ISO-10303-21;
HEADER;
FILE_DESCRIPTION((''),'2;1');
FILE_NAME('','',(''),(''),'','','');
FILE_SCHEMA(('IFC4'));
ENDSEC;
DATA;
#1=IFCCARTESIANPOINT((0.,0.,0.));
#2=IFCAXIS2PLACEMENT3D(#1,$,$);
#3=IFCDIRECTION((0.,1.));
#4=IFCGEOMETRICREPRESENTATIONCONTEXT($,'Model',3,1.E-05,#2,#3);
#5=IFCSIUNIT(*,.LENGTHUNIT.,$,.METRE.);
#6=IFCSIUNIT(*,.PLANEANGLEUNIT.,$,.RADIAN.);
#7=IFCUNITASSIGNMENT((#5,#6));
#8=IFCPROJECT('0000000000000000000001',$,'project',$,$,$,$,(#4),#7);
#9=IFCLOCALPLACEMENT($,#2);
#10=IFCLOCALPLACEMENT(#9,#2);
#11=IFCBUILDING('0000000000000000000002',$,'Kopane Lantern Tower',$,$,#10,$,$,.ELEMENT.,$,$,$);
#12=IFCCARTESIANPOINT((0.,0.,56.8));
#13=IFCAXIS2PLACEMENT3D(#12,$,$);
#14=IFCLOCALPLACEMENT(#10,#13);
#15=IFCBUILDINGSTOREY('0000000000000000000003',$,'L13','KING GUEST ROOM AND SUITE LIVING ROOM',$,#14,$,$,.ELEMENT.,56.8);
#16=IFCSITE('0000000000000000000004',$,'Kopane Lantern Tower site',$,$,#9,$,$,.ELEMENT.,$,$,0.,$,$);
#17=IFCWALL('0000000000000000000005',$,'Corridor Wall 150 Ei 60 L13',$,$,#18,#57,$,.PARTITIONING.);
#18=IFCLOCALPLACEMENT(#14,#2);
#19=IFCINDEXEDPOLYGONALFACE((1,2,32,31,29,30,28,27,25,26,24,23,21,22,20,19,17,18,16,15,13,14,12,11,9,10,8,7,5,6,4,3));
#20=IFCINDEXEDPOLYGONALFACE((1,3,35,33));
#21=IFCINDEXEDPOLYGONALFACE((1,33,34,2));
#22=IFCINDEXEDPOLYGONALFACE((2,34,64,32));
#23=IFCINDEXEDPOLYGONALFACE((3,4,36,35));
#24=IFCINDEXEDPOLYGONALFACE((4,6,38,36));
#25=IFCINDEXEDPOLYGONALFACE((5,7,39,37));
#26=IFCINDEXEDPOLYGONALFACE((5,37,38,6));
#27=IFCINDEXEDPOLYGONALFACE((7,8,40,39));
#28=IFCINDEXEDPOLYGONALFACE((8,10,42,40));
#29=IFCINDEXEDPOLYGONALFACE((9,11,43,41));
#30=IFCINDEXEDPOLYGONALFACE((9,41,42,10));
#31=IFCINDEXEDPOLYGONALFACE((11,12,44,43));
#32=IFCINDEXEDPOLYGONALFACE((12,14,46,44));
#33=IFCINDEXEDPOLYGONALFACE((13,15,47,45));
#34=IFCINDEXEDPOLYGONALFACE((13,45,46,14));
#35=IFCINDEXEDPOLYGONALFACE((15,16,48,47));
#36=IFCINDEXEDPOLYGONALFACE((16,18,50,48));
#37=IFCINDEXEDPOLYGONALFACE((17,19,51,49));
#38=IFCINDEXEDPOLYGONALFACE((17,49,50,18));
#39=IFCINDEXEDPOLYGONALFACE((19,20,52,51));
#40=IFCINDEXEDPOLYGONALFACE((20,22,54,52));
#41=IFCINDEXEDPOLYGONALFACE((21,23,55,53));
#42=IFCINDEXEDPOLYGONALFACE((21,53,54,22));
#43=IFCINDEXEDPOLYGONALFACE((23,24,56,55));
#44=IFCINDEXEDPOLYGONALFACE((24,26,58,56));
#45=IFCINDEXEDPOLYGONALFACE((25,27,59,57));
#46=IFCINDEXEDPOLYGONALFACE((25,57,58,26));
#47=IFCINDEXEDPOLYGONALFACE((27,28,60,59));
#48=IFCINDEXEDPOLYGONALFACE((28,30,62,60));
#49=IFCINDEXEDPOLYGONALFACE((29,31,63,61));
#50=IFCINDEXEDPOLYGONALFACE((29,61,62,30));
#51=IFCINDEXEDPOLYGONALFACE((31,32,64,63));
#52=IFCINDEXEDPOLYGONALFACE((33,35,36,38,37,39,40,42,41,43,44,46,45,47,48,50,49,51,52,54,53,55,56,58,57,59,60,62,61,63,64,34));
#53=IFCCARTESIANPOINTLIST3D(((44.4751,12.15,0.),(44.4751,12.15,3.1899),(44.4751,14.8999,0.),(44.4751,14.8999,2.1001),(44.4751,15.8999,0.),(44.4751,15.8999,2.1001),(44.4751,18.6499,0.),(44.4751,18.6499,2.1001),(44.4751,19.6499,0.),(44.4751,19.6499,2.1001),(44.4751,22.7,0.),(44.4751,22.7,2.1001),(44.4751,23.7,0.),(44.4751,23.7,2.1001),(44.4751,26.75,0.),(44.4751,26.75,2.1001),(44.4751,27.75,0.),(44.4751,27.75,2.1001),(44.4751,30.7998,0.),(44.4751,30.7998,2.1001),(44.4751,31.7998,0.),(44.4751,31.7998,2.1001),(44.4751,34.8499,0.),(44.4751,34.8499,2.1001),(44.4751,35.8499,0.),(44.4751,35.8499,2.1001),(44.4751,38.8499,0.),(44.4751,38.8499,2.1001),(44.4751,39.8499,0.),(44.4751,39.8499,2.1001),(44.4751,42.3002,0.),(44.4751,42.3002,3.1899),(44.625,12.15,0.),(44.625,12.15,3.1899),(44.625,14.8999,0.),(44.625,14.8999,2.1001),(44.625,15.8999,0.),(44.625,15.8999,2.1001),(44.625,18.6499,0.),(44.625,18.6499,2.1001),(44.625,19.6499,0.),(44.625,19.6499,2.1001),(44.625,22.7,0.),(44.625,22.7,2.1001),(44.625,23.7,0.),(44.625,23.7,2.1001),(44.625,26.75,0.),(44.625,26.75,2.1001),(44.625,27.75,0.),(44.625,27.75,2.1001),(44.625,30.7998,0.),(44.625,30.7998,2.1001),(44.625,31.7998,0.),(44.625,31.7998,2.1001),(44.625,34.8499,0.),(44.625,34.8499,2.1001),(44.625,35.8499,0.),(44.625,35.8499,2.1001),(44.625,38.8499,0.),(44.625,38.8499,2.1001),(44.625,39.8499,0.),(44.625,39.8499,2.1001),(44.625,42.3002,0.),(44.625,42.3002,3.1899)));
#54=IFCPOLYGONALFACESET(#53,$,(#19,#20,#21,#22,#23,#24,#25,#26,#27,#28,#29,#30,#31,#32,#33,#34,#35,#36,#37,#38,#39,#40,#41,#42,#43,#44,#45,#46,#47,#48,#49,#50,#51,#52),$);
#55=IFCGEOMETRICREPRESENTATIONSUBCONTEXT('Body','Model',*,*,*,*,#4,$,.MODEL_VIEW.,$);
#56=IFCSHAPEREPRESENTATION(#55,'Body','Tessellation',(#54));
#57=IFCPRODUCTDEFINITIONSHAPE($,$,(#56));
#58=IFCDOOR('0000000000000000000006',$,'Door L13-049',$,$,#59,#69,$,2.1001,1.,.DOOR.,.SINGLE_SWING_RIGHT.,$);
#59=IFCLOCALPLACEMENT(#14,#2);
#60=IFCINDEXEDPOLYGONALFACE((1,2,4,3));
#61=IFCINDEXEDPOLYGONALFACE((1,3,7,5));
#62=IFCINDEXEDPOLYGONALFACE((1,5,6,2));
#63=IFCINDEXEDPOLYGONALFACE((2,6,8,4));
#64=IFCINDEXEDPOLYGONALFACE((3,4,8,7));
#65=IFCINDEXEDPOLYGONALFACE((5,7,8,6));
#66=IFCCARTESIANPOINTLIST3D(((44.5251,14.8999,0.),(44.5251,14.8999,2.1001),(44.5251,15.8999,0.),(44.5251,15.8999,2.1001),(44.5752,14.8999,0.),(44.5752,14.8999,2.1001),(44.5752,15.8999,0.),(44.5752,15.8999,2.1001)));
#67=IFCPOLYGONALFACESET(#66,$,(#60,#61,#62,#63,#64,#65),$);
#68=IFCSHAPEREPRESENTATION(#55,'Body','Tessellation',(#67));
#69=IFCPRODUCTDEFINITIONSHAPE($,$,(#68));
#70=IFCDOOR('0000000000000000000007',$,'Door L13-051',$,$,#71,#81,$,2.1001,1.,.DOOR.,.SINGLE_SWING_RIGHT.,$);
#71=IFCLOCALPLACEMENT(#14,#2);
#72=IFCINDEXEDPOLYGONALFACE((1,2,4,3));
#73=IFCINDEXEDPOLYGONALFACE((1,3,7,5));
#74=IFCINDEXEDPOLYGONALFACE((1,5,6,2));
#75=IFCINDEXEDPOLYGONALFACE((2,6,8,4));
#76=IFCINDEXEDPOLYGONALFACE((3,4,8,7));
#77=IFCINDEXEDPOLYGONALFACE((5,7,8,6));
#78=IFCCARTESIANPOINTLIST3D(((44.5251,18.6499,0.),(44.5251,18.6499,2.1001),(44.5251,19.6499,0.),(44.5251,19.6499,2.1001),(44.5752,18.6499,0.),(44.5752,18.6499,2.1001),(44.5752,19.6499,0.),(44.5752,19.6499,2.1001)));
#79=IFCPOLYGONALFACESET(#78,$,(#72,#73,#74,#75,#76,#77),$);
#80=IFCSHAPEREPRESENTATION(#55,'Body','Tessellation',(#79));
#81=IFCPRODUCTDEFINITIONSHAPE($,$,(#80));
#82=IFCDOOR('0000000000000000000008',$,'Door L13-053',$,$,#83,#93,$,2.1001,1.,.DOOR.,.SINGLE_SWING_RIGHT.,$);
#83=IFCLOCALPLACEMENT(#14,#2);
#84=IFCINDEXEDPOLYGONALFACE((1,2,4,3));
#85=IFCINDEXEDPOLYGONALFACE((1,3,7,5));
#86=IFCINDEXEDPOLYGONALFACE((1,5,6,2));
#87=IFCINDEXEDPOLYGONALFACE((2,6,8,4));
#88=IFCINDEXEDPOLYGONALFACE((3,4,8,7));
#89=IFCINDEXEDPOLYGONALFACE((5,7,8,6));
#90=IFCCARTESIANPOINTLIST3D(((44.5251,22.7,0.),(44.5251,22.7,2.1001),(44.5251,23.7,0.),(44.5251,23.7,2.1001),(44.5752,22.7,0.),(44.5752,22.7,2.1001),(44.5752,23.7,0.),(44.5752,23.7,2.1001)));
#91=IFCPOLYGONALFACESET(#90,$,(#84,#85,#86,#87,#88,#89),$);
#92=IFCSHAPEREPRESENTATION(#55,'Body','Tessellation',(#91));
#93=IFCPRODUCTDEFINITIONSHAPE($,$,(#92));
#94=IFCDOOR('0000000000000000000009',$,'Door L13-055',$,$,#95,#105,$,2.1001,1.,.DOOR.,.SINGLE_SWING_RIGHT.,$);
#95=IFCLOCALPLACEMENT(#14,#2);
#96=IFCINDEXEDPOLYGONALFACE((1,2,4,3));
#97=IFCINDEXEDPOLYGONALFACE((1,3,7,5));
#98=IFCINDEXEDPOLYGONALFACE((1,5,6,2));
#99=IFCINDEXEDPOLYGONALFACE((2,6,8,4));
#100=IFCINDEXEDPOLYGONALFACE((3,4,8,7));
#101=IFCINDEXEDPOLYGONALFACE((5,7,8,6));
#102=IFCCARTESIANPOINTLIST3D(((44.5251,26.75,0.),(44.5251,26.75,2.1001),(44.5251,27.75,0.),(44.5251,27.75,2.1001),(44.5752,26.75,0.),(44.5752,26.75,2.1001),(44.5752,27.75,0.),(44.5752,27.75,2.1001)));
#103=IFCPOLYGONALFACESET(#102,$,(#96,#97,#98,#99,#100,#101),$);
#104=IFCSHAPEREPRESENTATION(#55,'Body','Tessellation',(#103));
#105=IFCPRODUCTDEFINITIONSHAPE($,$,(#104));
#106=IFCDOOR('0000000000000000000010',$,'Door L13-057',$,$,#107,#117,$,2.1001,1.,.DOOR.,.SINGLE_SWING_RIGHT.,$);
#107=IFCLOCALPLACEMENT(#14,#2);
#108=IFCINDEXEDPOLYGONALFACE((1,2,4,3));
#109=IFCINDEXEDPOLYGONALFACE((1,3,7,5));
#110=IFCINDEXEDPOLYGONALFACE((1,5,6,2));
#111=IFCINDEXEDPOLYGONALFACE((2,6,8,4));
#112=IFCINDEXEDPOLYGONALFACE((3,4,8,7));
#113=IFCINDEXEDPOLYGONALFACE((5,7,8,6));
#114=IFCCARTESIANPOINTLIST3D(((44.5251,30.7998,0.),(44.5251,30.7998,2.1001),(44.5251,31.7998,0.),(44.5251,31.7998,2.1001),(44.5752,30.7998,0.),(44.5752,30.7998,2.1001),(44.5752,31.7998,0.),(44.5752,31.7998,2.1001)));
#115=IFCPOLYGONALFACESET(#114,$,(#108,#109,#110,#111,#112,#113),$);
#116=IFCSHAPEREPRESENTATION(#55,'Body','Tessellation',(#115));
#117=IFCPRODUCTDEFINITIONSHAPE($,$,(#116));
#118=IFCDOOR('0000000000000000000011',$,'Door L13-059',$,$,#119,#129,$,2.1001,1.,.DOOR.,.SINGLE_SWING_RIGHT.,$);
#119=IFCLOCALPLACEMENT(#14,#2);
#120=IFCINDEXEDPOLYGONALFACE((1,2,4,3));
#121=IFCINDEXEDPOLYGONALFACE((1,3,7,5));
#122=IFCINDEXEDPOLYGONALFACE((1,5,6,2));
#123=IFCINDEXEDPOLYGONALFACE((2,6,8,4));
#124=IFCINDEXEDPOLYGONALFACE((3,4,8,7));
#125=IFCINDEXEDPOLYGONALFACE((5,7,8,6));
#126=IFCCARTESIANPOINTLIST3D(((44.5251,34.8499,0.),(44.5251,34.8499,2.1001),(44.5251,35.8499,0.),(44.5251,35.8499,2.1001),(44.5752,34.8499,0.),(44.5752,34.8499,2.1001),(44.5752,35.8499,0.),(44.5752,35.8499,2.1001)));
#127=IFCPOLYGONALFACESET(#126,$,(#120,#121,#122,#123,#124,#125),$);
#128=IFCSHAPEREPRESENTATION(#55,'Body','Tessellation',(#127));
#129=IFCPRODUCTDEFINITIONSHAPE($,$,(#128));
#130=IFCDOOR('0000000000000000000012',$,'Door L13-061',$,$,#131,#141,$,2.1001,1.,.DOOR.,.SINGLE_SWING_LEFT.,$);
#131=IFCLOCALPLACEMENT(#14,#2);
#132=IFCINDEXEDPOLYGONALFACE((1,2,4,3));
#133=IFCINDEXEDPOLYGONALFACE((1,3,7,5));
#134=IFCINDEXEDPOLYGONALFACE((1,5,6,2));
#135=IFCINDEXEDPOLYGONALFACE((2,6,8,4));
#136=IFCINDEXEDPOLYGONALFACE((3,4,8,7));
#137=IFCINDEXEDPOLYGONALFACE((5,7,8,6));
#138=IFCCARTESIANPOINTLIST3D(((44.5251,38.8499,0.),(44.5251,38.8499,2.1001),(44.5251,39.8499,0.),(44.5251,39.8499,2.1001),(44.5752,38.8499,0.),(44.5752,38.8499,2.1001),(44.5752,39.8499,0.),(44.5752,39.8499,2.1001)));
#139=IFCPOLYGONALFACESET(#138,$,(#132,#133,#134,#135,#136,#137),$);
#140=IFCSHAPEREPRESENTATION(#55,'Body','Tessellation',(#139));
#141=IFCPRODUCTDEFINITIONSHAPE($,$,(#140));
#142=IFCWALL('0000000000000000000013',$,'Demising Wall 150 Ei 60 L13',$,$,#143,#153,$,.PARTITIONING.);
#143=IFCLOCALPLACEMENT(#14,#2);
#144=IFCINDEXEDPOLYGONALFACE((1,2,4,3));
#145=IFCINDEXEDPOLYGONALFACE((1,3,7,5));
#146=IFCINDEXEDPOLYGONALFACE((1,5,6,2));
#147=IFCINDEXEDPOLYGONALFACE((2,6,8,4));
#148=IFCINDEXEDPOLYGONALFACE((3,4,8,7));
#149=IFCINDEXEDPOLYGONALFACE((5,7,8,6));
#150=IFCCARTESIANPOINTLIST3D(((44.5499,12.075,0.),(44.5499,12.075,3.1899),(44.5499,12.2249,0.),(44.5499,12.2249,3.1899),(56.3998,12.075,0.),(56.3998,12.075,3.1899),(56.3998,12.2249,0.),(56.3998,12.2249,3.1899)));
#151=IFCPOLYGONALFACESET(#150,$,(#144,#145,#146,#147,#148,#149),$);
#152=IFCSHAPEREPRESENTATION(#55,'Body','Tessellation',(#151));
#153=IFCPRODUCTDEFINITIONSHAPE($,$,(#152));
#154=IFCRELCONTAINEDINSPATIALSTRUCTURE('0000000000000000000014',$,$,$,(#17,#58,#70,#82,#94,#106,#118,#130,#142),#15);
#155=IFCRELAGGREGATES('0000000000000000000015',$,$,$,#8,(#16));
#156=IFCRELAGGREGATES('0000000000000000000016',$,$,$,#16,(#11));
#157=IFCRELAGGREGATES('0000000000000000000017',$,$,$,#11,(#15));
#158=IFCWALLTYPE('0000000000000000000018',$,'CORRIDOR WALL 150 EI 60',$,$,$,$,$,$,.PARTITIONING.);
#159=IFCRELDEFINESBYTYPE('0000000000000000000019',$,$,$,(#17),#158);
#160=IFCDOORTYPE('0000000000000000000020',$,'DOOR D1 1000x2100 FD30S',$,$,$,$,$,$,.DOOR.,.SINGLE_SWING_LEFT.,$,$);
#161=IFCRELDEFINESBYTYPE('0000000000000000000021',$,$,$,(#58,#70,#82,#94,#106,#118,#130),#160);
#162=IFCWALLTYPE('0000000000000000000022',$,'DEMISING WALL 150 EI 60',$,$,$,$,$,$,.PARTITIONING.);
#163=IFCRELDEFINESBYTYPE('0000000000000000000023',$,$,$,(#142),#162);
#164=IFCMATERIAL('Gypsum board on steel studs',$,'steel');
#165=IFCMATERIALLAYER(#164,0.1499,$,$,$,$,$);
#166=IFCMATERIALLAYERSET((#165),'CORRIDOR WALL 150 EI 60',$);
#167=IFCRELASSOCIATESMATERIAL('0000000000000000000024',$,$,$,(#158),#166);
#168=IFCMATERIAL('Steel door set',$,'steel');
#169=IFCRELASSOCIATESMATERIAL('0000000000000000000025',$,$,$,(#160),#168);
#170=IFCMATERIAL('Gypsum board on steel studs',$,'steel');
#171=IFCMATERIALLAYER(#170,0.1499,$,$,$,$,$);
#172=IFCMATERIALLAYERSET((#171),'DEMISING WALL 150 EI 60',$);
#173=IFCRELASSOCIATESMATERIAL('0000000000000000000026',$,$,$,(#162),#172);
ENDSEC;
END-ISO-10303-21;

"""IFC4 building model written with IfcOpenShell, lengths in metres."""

from ifc_helpers import new_model, si_unit, direction, frame, frame_2d, origin, place, context, subcontext, project, spatial, rectangle, extrude, material, layer, layer_set, type_object, element, fill, save


model = new_model("IFC4")

# Units and contexts
model_context = context("Model", 3, precision=1e-05, world=origin(), true_north=direction((0.0, 1.0)))
body_context = subcontext(model_context, "Body", "Model", "MODEL_VIEW")
ifc_project = project(units=[si_unit("LENGTHUNIT", "METRE"), si_unit("PLANEANGLEUNIT", "RADIAN")], contexts=[model_context])

# Site, building, storey
site_placement = place(None, origin())
site = spatial("IfcSite", under=ifc_project, at=site_placement, Name="Kopane Lantern Tower site", CompositionType="ELEMENT", RefElevation=0.0)
building_placement = place(site_placement, origin())
building = spatial("IfcBuilding", under=site, at=building_placement, Name="Kopane Lantern Tower", CompositionType="ELEMENT")
storey_placement = place(building_placement, frame((0.0, 0.0, 56.8)))
storey = spatial("IfcBuildingStorey", under=building, at=storey_placement, Name="L13", Description="KING GUEST ROOM AND SUITE LIVING ROOM", CompositionType="ELEMENT", Elevation=56.8)

# Wall, openings, doors
ifc_material_1 = material(Name="Gypsum board on steel studs", Category="steel")
ifc_layer_1 = layer(ifc_material_1, 0.1499)
ifc_layer_set_1 = layer_set([ifc_layer_1], Name="CORRIDOR WALL 150 EI 60")
wall_type_1 = type_object("IfcWallType", Name="CORRIDOR WALL 150 EI 60", PredefinedType="PARTITIONING", material=ifc_layer_set_1)
wall_1_placement = place(storey_placement, frame((44.55, 12.1499, 0.0), z_axis=(0.0, 0.0, 1.0), x_axis=(0.0, 1.0, 0.0)))
wall_1 = element("IfcWall", 1, at=wall_1_placement, inside=storey, type_object=wall_type_1, Name="Corridor Wall 150 Ei 60 L13", PredefinedType="PARTITIONING", context=body_context, shape_type="SweptSolid", body=[
    extrude(rectangle(XDim=30.1501, YDim=0.1499, at=frame_2d((15.0752, 0.0))), origin(), (0.0, 0.0, 1.0), 3.1899),
])
opening_1_placement = place(wall_1_placement, frame((2.75, 0.0, 0.0)))
opening_1 = element("IfcOpeningElement", 2, at=opening_1_placement, cuts=wall_1, PredefinedType="OPENING", context=body_context, shape_type="SweptSolid", body=[
    extrude(rectangle(XDim=1.0, YDim=2.1001, at=frame_2d((0.5, 1.05))), frame((0.0, 0.085, 0.0), z_axis=(0.0, -1.0, 0.0), x_axis=(1.0, 0.0, 0.0)), (0.0, 0.0, 1.0), 0.1699),
])
opening_2_placement = place(wall_1_placement, frame((6.5, 0.0, 0.0)))
opening_2 = element("IfcOpeningElement", 3, at=opening_2_placement, cuts=wall_1, PredefinedType="OPENING", context=body_context, shape_type="SweptSolid", body=[
    extrude(rectangle(XDim=1.0, YDim=2.1001, at=frame_2d((0.5, 1.05))), frame((0.0, 0.085, 0.0), z_axis=(0.0, -1.0, 0.0), x_axis=(1.0, 0.0, 0.0)), (0.0, 0.0, 1.0), 0.1699),
])
opening_3_placement = place(wall_1_placement, frame((10.55, 0.0, 0.0)))
opening_3 = element("IfcOpeningElement", 4, at=opening_3_placement, cuts=wall_1, PredefinedType="OPENING", context=body_context, shape_type="SweptSolid", body=[
    extrude(rectangle(XDim=1.0, YDim=2.1001, at=frame_2d((0.5, 1.05))), frame((0.0, 0.085, 0.0), z_axis=(0.0, -1.0, 0.0), x_axis=(1.0, 0.0, 0.0)), (0.0, 0.0, 1.0), 0.1699),
])
opening_4_placement = place(wall_1_placement, frame((14.6001, 0.0, 0.0)))
opening_4 = element("IfcOpeningElement", 5, at=opening_4_placement, cuts=wall_1, PredefinedType="OPENING", context=body_context, shape_type="SweptSolid", body=[
    extrude(rectangle(XDim=1.0, YDim=2.1001, at=frame_2d((0.5, 1.05))), frame((0.0, 0.085, 0.0), z_axis=(0.0, -1.0, 0.0), x_axis=(1.0, 0.0, 0.0)), (0.0, 0.0, 1.0), 0.1699),
])
opening_5_placement = place(wall_1_placement, frame((18.6499, 0.0, 0.0)))
opening_5 = element("IfcOpeningElement", 6, at=opening_5_placement, cuts=wall_1, PredefinedType="OPENING", context=body_context, shape_type="SweptSolid", body=[
    extrude(rectangle(XDim=1.0, YDim=2.1001, at=frame_2d((0.5, 1.05))), frame((0.0, 0.085, 0.0), z_axis=(0.0, -1.0, 0.0), x_axis=(1.0, 0.0, 0.0)), (0.0, 0.0, 1.0), 0.1699),
])
opening_6_placement = place(wall_1_placement, frame((22.7, 0.0, 0.0)))
opening_6 = element("IfcOpeningElement", 7, at=opening_6_placement, cuts=wall_1, PredefinedType="OPENING", context=body_context, shape_type="SweptSolid", body=[
    extrude(rectangle(XDim=1.0, YDim=2.1001, at=frame_2d((0.5, 1.05))), frame((0.0, 0.085, 0.0), z_axis=(0.0, -1.0, 0.0), x_axis=(1.0, 0.0, 0.0)), (0.0, 0.0, 1.0), 0.1699),
])
opening_7_placement = place(wall_1_placement, frame((26.7, 0.0, 0.0)))
opening_7 = element("IfcOpeningElement", 8, at=opening_7_placement, cuts=wall_1, PredefinedType="OPENING", context=body_context, shape_type="SweptSolid", body=[
    extrude(rectangle(XDim=1.0, YDim=2.1001, at=frame_2d((0.5, 1.05))), frame((0.0, 0.085, 0.0), z_axis=(0.0, -1.0, 0.0), x_axis=(1.0, 0.0, 0.0)), (0.0, 0.0, 1.0), 0.1699),
])
ifc_material_2 = material(Name="Steel door set", Category="steel")
door_type_1 = type_object("IfcDoorType", Name="DOOR D1 1000x2100 FD30S", OperationType="SINGLE_SWING_LEFT", PredefinedType="DOOR", material=ifc_material_2)
door_1_placement = place(opening_1_placement, origin())
door_1 = element("IfcDoor", 9, at=door_1_placement, inside=storey, type_object=door_type_1, Name="Door L13-049", OperationType="SINGLE_SWING_RIGHT", OverallHeight=2.1001, OverallWidth=1.0, PredefinedType="DOOR", context=body_context, shape_type="SweptSolid", body=[
    extrude(rectangle(XDim=1.0, YDim=2.1001, at=frame_2d((0.5, 1.05))), frame((0.0, 0.0249, 0.0), z_axis=(0.0, -1.0, 0.0), x_axis=(1.0, 0.0, 0.0)), (0.0, 0.0, 1.0), 0.05),
])
fill(opening_1, door_1)
door_2_placement = place(opening_2_placement, origin())
door_2 = element("IfcDoor", 10, at=door_2_placement, inside=storey, type_object=door_type_1, Name="Door L13-051", OperationType="SINGLE_SWING_RIGHT", OverallHeight=2.1001, OverallWidth=1.0, PredefinedType="DOOR", context=body_context, shape_type="SweptSolid", body=[
    extrude(rectangle(XDim=1.0, YDim=2.1001, at=frame_2d((0.5, 1.05))), frame((0.0, 0.0249, 0.0), z_axis=(0.0, -1.0, 0.0), x_axis=(1.0, 0.0, 0.0)), (0.0, 0.0, 1.0), 0.05),
])
fill(opening_2, door_2)
door_3_placement = place(opening_3_placement, origin())
door_3 = element("IfcDoor", 11, at=door_3_placement, inside=storey, type_object=door_type_1, Name="Door L13-053", OperationType="SINGLE_SWING_RIGHT", OverallHeight=2.1001, OverallWidth=1.0, PredefinedType="DOOR", context=body_context, shape_type="SweptSolid", body=[
    extrude(rectangle(XDim=1.0, YDim=2.1001, at=frame_2d((0.5, 1.05))), frame((0.0, 0.0249, 0.0), z_axis=(0.0, -1.0, 0.0), x_axis=(1.0, 0.0, 0.0)), (0.0, 0.0, 1.0), 0.05),
])
fill(opening_3, door_3)
door_4_placement = place(opening_4_placement, origin())
door_4 = element("IfcDoor", 12, at=door_4_placement, inside=storey, type_object=door_type_1, Name="Door L13-055", OperationType="SINGLE_SWING_RIGHT", OverallHeight=2.1001, OverallWidth=1.0, PredefinedType="DOOR", context=body_context, shape_type="SweptSolid", body=[
    extrude(rectangle(XDim=1.0, YDim=2.1001, at=frame_2d((0.5, 1.05))), frame((0.0, 0.0249, 0.0), z_axis=(0.0, -1.0, 0.0), x_axis=(1.0, 0.0, 0.0)), (0.0, 0.0, 1.0), 0.05),
])
fill(opening_4, door_4)
door_5_placement = place(opening_5_placement, origin())
door_5 = element("IfcDoor", 13, at=door_5_placement, inside=storey, type_object=door_type_1, Name="Door L13-057", OperationType="SINGLE_SWING_RIGHT", OverallHeight=2.1001, OverallWidth=1.0, PredefinedType="DOOR", context=body_context, shape_type="SweptSolid", body=[
    extrude(rectangle(XDim=1.0, YDim=2.1001, at=frame_2d((0.5, 1.05))), frame((0.0, 0.0249, 0.0), z_axis=(0.0, -1.0, 0.0), x_axis=(1.0, 0.0, 0.0)), (0.0, 0.0, 1.0), 0.05),
])
fill(opening_5, door_5)
door_6_placement = place(opening_6_placement, origin())
door_6 = element("IfcDoor", 14, at=door_6_placement, inside=storey, type_object=door_type_1, Name="Door L13-059", OperationType="SINGLE_SWING_RIGHT", OverallHeight=2.1001, OverallWidth=1.0, PredefinedType="DOOR", context=body_context, shape_type="SweptSolid", body=[
    extrude(rectangle(XDim=1.0, YDim=2.1001, at=frame_2d((0.5, 1.05))), frame((0.0, 0.0249, 0.0), z_axis=(0.0, -1.0, 0.0), x_axis=(1.0, 0.0, 0.0)), (0.0, 0.0, 1.0), 0.05),
])
fill(opening_6, door_6)
door_7_placement = place(opening_7_placement, origin())
door_7 = element("IfcDoor", 15, at=door_7_placement, inside=storey, type_object=door_type_1, Name="Door L13-061", OperationType="SINGLE_SWING_LEFT", OverallHeight=2.1001, OverallWidth=1.0, PredefinedType="DOOR", context=body_context, shape_type="SweptSolid", body=[
    extrude(rectangle(XDim=1.0, YDim=2.1001, at=frame_2d((0.5, 1.05))), frame((0.0, 0.0249, 0.0), z_axis=(0.0, -1.0, 0.0), x_axis=(1.0, 0.0, 0.0)), (0.0, 0.0, 1.0), 0.05),
])
fill(opening_7, door_7)

# Wall
ifc_material_3 = material(Name="Gypsum board on steel studs", Category="steel")
ifc_layer_2 = layer(ifc_material_3, 0.1499)
ifc_layer_set_2 = layer_set([ifc_layer_2], Name="DEMISING WALL 150 EI 60")
wall_type_2 = type_object("IfcWallType", Name="DEMISING WALL 150 EI 60", PredefinedType="PARTITIONING", material=ifc_layer_set_2)
wall_2_placement = place(storey_placement, frame((44.55, 12.1499, 0.0), z_axis=(0.0, 0.0, 1.0), x_axis=(1.0, 0.0, 0.0)))
element("IfcWall", 16, at=wall_2_placement, inside=storey, type_object=wall_type_2, Name="Demising Wall 150 Ei 60 L13", PredefinedType="PARTITIONING", context=body_context, shape_type="SweptSolid", body=[
    extrude(rectangle(XDim=11.8499, YDim=0.1499, at=frame_2d((5.9248, 0.0))), origin(), (0.0, 0.0, 1.0), 3.1899),
])

save(model, "model.ifc")
